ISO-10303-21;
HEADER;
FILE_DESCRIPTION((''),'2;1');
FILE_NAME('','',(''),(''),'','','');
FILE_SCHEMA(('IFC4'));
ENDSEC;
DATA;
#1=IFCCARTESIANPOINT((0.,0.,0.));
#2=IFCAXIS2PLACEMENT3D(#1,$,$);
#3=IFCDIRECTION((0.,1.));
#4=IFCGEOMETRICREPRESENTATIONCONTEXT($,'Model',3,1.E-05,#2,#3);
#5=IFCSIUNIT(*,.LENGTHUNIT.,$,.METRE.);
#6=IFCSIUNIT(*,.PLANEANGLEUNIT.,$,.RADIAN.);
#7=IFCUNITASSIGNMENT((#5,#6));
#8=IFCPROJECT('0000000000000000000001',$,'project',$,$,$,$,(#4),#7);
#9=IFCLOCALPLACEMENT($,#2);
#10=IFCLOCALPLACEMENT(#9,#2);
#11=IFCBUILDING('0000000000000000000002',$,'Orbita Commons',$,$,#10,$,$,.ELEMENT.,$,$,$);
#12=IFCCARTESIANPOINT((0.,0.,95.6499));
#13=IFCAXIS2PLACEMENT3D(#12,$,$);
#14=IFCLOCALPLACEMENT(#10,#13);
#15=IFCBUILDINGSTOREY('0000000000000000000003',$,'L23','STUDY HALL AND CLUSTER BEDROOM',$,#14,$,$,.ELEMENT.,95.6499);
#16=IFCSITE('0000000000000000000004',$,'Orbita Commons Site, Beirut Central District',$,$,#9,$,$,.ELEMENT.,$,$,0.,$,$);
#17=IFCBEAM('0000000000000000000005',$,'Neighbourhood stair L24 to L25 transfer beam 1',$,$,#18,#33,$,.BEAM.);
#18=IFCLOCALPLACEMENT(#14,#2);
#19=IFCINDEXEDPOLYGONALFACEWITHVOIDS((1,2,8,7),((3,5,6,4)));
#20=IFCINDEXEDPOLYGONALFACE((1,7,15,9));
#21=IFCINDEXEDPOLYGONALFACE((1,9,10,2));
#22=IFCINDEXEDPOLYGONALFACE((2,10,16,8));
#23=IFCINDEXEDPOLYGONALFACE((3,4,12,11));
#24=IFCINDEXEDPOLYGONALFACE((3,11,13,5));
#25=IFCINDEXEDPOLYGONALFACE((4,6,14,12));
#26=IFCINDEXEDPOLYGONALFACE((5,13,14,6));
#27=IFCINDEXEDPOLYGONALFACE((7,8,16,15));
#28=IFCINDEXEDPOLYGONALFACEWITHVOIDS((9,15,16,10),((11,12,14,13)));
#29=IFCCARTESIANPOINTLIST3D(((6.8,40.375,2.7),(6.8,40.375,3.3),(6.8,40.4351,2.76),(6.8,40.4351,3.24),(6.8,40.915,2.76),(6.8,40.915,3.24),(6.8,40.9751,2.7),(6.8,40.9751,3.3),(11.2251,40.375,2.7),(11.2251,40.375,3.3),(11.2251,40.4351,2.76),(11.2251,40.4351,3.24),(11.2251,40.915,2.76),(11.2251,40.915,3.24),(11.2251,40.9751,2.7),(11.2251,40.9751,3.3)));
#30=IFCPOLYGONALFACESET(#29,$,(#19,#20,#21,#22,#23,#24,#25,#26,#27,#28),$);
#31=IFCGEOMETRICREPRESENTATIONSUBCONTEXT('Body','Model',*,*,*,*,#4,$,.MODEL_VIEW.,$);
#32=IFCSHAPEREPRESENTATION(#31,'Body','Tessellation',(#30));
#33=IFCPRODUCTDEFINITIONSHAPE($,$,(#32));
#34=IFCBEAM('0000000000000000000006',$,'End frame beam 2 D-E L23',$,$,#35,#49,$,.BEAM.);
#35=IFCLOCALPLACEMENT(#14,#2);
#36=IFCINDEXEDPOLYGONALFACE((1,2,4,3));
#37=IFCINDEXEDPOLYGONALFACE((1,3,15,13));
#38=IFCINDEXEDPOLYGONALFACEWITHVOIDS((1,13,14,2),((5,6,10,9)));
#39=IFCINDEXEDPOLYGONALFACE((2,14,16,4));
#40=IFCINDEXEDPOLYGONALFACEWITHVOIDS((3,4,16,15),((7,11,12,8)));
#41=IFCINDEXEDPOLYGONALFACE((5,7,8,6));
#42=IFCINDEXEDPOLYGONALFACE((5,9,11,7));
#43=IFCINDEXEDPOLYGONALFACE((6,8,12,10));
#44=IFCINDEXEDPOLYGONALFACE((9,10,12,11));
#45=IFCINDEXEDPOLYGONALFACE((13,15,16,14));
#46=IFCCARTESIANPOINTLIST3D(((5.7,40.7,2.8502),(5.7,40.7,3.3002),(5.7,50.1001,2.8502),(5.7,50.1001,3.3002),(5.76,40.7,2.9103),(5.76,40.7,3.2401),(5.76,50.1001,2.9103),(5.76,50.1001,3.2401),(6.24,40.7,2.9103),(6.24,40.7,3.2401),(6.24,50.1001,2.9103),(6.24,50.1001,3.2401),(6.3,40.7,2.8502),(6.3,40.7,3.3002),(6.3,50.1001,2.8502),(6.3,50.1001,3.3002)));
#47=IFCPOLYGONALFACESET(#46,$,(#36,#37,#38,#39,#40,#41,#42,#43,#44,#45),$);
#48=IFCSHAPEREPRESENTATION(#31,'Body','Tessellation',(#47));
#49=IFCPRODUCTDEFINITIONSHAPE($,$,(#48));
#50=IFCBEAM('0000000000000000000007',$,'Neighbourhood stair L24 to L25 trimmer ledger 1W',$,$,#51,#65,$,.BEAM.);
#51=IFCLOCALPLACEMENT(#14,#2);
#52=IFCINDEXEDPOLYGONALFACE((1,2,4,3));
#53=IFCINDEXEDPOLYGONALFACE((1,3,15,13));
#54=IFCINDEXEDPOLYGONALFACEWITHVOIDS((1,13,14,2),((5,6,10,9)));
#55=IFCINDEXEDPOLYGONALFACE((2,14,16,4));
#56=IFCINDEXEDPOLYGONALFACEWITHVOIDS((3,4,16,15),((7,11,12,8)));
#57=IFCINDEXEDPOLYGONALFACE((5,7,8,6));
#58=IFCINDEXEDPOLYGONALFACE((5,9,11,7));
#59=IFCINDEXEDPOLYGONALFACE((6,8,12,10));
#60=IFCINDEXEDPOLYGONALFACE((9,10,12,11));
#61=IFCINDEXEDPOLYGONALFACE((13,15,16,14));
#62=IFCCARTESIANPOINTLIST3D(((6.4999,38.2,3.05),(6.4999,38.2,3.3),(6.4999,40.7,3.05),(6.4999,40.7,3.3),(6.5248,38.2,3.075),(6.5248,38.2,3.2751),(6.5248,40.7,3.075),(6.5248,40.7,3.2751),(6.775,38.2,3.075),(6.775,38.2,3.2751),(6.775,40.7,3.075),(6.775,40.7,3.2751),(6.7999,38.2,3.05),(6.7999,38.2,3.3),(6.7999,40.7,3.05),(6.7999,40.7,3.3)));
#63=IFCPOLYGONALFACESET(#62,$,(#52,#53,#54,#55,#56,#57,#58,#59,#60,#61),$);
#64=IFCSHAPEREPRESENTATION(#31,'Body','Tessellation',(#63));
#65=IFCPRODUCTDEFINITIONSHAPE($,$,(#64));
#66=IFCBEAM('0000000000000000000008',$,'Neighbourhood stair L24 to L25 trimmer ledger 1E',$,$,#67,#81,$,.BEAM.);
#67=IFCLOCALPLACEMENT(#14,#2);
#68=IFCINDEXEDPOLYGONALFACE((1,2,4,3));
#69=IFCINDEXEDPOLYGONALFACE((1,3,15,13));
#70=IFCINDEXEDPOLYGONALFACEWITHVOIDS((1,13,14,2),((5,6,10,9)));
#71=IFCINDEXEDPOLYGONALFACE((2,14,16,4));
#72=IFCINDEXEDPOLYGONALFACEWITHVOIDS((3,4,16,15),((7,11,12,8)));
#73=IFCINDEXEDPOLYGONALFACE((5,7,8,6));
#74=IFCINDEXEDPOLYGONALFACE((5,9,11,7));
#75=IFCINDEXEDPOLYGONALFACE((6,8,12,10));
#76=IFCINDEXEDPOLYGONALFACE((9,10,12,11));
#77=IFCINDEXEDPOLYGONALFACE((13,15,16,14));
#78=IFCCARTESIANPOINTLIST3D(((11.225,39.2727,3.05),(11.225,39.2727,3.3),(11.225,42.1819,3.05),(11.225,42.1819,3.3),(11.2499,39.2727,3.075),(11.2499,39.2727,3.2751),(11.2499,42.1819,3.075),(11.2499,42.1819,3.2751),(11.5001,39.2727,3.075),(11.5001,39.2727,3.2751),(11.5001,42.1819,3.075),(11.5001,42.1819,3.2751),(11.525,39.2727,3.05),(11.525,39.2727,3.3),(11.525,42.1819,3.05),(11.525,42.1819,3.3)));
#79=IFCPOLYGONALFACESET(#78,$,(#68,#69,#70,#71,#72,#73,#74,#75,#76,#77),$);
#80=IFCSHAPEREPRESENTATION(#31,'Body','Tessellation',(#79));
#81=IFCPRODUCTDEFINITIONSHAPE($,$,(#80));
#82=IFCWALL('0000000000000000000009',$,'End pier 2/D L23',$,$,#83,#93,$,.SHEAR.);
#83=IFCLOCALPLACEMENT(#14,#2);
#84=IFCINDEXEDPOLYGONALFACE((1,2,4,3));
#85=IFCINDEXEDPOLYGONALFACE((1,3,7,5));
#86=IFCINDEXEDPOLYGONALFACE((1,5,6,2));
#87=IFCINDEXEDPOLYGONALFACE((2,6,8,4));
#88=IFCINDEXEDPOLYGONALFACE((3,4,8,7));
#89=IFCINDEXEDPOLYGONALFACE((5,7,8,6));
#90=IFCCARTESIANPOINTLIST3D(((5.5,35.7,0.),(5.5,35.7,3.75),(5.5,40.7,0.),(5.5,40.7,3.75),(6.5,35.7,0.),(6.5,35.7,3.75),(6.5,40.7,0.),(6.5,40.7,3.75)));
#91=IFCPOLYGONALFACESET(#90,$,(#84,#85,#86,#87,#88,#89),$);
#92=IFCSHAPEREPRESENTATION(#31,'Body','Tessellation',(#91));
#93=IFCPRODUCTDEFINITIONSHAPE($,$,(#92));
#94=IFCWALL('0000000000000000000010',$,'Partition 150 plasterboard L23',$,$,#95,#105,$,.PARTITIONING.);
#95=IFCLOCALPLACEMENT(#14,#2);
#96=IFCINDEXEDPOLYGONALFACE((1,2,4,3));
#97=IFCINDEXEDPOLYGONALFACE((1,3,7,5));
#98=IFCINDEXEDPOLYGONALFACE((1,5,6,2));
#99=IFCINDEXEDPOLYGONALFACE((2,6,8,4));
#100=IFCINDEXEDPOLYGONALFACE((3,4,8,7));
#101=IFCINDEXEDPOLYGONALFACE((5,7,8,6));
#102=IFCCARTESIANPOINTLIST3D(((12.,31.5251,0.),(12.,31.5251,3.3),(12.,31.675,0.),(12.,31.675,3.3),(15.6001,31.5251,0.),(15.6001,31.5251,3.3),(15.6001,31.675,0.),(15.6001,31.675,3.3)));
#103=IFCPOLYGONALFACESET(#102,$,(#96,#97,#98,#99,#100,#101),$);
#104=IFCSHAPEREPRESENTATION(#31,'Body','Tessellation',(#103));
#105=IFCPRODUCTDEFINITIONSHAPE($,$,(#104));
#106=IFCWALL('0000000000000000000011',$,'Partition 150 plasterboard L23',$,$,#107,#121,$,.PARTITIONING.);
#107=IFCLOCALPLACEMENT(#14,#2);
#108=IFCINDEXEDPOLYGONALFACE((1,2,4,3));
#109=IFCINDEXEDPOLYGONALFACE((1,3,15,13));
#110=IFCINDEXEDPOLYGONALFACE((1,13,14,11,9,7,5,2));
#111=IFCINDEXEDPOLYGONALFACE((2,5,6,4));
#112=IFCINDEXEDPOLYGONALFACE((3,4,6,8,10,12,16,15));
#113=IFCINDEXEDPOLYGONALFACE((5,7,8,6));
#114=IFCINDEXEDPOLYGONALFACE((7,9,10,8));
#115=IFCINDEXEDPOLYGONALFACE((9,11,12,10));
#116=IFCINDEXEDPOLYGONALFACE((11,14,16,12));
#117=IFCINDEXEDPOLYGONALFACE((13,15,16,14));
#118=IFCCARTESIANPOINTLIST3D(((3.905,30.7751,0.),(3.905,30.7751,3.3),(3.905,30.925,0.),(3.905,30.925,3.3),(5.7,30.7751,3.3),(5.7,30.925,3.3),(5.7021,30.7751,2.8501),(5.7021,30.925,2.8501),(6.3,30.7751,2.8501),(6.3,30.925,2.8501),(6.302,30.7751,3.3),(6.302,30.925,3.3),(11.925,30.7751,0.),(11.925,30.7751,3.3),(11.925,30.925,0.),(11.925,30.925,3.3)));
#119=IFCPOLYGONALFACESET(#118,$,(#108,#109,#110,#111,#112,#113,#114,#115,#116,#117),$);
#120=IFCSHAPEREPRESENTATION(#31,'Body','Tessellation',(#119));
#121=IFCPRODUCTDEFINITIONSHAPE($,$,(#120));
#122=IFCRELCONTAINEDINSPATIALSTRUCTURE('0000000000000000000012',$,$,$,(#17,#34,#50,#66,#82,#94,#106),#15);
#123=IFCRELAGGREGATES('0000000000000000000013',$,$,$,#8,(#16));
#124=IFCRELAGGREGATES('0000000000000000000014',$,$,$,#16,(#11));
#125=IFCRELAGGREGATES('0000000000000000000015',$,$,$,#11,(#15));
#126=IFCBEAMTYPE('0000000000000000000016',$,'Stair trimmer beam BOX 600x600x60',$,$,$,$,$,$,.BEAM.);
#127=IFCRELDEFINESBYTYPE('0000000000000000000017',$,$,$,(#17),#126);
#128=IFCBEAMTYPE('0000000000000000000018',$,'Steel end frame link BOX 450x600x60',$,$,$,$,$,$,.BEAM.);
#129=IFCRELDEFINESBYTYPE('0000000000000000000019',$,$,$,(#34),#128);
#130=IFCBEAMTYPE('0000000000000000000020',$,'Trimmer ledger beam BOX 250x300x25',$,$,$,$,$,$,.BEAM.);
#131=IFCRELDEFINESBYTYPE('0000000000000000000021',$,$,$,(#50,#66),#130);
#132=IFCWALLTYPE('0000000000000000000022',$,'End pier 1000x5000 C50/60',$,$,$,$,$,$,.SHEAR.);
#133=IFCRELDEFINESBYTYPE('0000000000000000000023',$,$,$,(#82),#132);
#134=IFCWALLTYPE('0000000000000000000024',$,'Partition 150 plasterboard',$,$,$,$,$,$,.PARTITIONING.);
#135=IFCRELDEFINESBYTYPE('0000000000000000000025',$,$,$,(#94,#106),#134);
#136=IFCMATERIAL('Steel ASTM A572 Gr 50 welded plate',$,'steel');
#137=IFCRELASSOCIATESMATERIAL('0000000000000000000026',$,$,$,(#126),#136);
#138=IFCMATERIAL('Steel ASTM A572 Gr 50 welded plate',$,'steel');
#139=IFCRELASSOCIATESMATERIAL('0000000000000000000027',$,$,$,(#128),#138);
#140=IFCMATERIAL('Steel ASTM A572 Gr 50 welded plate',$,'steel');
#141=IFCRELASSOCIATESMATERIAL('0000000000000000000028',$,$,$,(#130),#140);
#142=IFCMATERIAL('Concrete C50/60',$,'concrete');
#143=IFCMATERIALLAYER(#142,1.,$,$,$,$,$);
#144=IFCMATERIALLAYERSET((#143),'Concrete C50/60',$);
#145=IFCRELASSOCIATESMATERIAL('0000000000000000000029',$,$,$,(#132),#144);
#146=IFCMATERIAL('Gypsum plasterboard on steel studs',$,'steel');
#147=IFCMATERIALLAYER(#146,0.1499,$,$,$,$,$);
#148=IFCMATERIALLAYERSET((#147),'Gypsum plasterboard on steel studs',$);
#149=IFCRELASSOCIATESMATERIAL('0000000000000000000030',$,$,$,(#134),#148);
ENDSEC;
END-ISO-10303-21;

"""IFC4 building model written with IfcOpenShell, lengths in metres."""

from ifc_helpers import new_model, si_unit, direction, frame, frame_2d, origin, origin_2d, place, context, subcontext, project, spatial, polyline, rectangle, hollow_rectangle, outline, extrude, material, layer, layer_set, material_profile, profile_set, type_object, element, save


model = new_model("IFC4")

# Units and contexts
model_context = context("Model", 3, precision=1e-05, world=origin(), true_north=direction((0.0, 1.0)))
body_context = subcontext(model_context, "Body", "Model", "MODEL_VIEW")
ifc_project = project(units=[si_unit("LENGTHUNIT", "METRE"), si_unit("PLANEANGLEUNIT", "RADIAN")], contexts=[model_context])

# Site, building, storey
site_placement = place(None, origin())
site = spatial("IfcSite", under=ifc_project, at=site_placement, Name="Orbita Commons Site, Beirut Central District", CompositionType="ELEMENT", RefElevation=0.0)
building_placement = place(site_placement, origin())
building = spatial("IfcBuilding", under=site, at=building_placement, Name="Orbita Commons", CompositionType="ELEMENT")
storey_placement = place(building_placement, frame((0.0, 0.0, 95.6499)))
storey = spatial("IfcBuildingStorey", under=building, at=storey_placement, Name="L23", Description="STUDY HALL AND CLUSTER BEDROOM", CompositionType="ELEMENT", Elevation=95.6499)

# Beams
ifc_material_1 = material(Name="Steel ASTM A572 Gr 50 welded plate", Category="steel")
ifc_material_profile_1 = material_profile(ifc_material_1, hollow_rectangle(XDim=0.6001, YDim=0.6001, WallThickness=0.0601, at=origin_2d()), Name="BOX 600x600x60")
ifc_profile_set_1 = profile_set([ifc_material_profile_1], Name="Steel ASTM A572 Gr 50 welded plate")
beam_type_1 = type_object("IfcBeamType", Name="Stair trimmer beam BOX 600x600x60", PredefinedType="BEAM", material=ifc_profile_set_1)
beam_1_placement = place(storey_placement, frame((6.8, 40.675, 3.0), z_axis=(1.0, 0.0, 0.0), x_axis=(0.0, 1.0, 0.0)))
element("IfcBeam", 1, at=beam_1_placement, inside=storey, type_object=beam_type_1, Name="Neighbourhood stair L24 to L25 transfer beam 1", PredefinedType="BEAM", context=body_context, shape_type="SweptSolid", body=[
    extrude(hollow_rectangle(XDim=0.6001, YDim=0.6001, WallThickness=0.0601, at=origin_2d()), origin(), (0.0, 0.0, 1.0), 4.425),
])
ifc_material_2 = material(Name="Steel ASTM A572 Gr 50 welded plate", Category="steel")
ifc_material_profile_2 = material_profile(ifc_material_2, hollow_rectangle(XDim=0.6001, YDim=0.45, WallThickness=0.0601, at=origin_2d()), Name="BOX 450x600x60")
ifc_profile_set_2 = profile_set([ifc_material_profile_2], Name="Steel ASTM A572 Gr 50 welded plate")
beam_type_2 = type_object("IfcBeamType", Name="Steel end frame link BOX 450x600x60", PredefinedType="BEAM", material=ifc_profile_set_2)
beam_2_placement = place(storey_placement, frame((6.0, 40.7, 3.0752), z_axis=(0.0, 1.0, 0.0), x_axis=(-1.0, 0.0, 0.0)))
element("IfcBeam", 2, at=beam_2_placement, inside=storey, type_object=beam_type_2, Name="End frame beam 2 D-E L23", PredefinedType="BEAM", context=body_context, shape_type="SweptSolid", body=[
    extrude(hollow_rectangle(XDim=0.6001, YDim=0.45, WallThickness=0.0601, at=origin_2d()), origin(), (0.0, 0.0, 1.0), 9.4001),
])
ifc_material_3 = material(Name="Steel ASTM A572 Gr 50 welded plate", Category="steel")
ifc_material_profile_3 = material_profile(ifc_material_3, hollow_rectangle(XDim=0.3, YDim=0.25, WallThickness=0.0249, at=origin_2d()), Name="BOX 250x300x25")
ifc_profile_set_3 = profile_set([ifc_material_profile_3], Name="Steel ASTM A572 Gr 50 welded plate")
beam_type_3 = type_object("IfcBeamType", Name="Trimmer ledger beam BOX 250x300x25", PredefinedType="BEAM", material=ifc_profile_set_3)
beam_3_placement = place(storey_placement, frame((6.6499, 38.2, 3.175), z_axis=(0.0, 1.0, 0.0), x_axis=(-1.0, 0.0, 0.0)))
element("IfcBeam", 3, at=beam_3_placement, inside=storey, type_object=beam_type_3, Name="Neighbourhood stair L24 to L25 trimmer ledger 1W", PredefinedType="BEAM", context=body_context, shape_type="SweptSolid", body=[
    extrude(hollow_rectangle(XDim=0.3, YDim=0.25, WallThickness=0.0249, at=origin_2d()), origin(), (0.0, 0.0, 1.0), 2.5),
])
beam_4_placement = place(storey_placement, frame((11.375, 39.2727, 3.175), z_axis=(0.0, 1.0, 0.0), x_axis=(-1.0, 0.0, 0.0)))
element("IfcBeam", 4, at=beam_4_placement, inside=storey, type_object=beam_type_3, Name="Neighbourhood stair L24 to L25 trimmer ledger 1E", PredefinedType="BEAM", context=body_context, shape_type="SweptSolid", body=[
    extrude(hollow_rectangle(XDim=0.3, YDim=0.25, WallThickness=0.0249, at=origin_2d()), origin(), (0.0, 0.0, 1.0), 2.9092),
])

# Walls
ifc_material_4 = material(Name="Concrete C50/60", Category="concrete")
ifc_layer_1 = layer(ifc_material_4, 1.0)
ifc_layer_set_1 = layer_set([ifc_layer_1], Name="Concrete C50/60")
wall_type_1 = type_object("IfcWallType", Name="End pier 1000x5000 C50/60", PredefinedType="SHEAR", material=ifc_layer_set_1)
wall_1_placement = place(storey_placement, frame((6.0, 35.7, 0.0), z_axis=(0.0, 0.0, 1.0), x_axis=(0.0, 1.0, 0.0)))
element("IfcWall", 5, at=wall_1_placement, inside=storey, type_object=wall_type_1, Name="End pier 2/D L23", PredefinedType="SHEAR", context=body_context, shape_type="SweptSolid", body=[
    extrude(rectangle(XDim=5.0, YDim=1.0, at=frame_2d((2.5, 0.0))), origin(), (0.0, 0.0, 1.0), 3.75),
])
ifc_material_5 = material(Name="Gypsum plasterboard on steel studs", Category="steel")
ifc_layer_2 = layer(ifc_material_5, 0.1499)
ifc_layer_set_2 = layer_set([ifc_layer_2], Name="Gypsum plasterboard on steel studs")
wall_type_2 = type_object("IfcWallType", Name="Partition 150 plasterboard", PredefinedType="PARTITIONING", material=ifc_layer_set_2)
wall_2_placement = place(storey_placement, frame((12.0, 31.6001, 0.0), z_axis=(0.0, 0.0, 1.0), x_axis=(1.0, 0.0, 0.0)))
element("IfcWall", 6, at=wall_2_placement, inside=storey, type_object=wall_type_2, Name="Partition 150 plasterboard L23", PredefinedType="PARTITIONING", context=body_context, shape_type="SweptSolid", body=[
    extrude(rectangle(XDim=3.6001, YDim=0.1499, at=frame_2d((1.8, 0.0))), origin(), (0.0, 0.0, 1.0), 3.3),
])
wall_3_placement = place(storey_placement, frame((3.905, 30.8501, 0.0), z_axis=(0.0, 0.0, 1.0), x_axis=(1.0, 0.0, 0.0)))
element("IfcWall", 7, at=wall_3_placement, inside=storey, type_object=wall_type_2, Name="Partition 150 plasterboard L23", PredefinedType="PARTITIONING", context=body_context, shape_type="SweptSolid", body=[
    extrude(outline(polyline([(0.0, 0.0), (8.02, 0.0), (8.02, 3.3), (2.397, 3.3), (2.395, 2.8501), (1.7971, 2.8501), (1.7949, 3.3), (0.0, 3.3), (0.0, 0.0)])), frame((0.0, 0.075, 0.0), z_axis=(0.0, -1.0, 0.0), x_axis=(1.0, 0.0, 0.0)), (0.0, 0.0, 1.0), 0.1499),
])

save(model, "model.ifc")
